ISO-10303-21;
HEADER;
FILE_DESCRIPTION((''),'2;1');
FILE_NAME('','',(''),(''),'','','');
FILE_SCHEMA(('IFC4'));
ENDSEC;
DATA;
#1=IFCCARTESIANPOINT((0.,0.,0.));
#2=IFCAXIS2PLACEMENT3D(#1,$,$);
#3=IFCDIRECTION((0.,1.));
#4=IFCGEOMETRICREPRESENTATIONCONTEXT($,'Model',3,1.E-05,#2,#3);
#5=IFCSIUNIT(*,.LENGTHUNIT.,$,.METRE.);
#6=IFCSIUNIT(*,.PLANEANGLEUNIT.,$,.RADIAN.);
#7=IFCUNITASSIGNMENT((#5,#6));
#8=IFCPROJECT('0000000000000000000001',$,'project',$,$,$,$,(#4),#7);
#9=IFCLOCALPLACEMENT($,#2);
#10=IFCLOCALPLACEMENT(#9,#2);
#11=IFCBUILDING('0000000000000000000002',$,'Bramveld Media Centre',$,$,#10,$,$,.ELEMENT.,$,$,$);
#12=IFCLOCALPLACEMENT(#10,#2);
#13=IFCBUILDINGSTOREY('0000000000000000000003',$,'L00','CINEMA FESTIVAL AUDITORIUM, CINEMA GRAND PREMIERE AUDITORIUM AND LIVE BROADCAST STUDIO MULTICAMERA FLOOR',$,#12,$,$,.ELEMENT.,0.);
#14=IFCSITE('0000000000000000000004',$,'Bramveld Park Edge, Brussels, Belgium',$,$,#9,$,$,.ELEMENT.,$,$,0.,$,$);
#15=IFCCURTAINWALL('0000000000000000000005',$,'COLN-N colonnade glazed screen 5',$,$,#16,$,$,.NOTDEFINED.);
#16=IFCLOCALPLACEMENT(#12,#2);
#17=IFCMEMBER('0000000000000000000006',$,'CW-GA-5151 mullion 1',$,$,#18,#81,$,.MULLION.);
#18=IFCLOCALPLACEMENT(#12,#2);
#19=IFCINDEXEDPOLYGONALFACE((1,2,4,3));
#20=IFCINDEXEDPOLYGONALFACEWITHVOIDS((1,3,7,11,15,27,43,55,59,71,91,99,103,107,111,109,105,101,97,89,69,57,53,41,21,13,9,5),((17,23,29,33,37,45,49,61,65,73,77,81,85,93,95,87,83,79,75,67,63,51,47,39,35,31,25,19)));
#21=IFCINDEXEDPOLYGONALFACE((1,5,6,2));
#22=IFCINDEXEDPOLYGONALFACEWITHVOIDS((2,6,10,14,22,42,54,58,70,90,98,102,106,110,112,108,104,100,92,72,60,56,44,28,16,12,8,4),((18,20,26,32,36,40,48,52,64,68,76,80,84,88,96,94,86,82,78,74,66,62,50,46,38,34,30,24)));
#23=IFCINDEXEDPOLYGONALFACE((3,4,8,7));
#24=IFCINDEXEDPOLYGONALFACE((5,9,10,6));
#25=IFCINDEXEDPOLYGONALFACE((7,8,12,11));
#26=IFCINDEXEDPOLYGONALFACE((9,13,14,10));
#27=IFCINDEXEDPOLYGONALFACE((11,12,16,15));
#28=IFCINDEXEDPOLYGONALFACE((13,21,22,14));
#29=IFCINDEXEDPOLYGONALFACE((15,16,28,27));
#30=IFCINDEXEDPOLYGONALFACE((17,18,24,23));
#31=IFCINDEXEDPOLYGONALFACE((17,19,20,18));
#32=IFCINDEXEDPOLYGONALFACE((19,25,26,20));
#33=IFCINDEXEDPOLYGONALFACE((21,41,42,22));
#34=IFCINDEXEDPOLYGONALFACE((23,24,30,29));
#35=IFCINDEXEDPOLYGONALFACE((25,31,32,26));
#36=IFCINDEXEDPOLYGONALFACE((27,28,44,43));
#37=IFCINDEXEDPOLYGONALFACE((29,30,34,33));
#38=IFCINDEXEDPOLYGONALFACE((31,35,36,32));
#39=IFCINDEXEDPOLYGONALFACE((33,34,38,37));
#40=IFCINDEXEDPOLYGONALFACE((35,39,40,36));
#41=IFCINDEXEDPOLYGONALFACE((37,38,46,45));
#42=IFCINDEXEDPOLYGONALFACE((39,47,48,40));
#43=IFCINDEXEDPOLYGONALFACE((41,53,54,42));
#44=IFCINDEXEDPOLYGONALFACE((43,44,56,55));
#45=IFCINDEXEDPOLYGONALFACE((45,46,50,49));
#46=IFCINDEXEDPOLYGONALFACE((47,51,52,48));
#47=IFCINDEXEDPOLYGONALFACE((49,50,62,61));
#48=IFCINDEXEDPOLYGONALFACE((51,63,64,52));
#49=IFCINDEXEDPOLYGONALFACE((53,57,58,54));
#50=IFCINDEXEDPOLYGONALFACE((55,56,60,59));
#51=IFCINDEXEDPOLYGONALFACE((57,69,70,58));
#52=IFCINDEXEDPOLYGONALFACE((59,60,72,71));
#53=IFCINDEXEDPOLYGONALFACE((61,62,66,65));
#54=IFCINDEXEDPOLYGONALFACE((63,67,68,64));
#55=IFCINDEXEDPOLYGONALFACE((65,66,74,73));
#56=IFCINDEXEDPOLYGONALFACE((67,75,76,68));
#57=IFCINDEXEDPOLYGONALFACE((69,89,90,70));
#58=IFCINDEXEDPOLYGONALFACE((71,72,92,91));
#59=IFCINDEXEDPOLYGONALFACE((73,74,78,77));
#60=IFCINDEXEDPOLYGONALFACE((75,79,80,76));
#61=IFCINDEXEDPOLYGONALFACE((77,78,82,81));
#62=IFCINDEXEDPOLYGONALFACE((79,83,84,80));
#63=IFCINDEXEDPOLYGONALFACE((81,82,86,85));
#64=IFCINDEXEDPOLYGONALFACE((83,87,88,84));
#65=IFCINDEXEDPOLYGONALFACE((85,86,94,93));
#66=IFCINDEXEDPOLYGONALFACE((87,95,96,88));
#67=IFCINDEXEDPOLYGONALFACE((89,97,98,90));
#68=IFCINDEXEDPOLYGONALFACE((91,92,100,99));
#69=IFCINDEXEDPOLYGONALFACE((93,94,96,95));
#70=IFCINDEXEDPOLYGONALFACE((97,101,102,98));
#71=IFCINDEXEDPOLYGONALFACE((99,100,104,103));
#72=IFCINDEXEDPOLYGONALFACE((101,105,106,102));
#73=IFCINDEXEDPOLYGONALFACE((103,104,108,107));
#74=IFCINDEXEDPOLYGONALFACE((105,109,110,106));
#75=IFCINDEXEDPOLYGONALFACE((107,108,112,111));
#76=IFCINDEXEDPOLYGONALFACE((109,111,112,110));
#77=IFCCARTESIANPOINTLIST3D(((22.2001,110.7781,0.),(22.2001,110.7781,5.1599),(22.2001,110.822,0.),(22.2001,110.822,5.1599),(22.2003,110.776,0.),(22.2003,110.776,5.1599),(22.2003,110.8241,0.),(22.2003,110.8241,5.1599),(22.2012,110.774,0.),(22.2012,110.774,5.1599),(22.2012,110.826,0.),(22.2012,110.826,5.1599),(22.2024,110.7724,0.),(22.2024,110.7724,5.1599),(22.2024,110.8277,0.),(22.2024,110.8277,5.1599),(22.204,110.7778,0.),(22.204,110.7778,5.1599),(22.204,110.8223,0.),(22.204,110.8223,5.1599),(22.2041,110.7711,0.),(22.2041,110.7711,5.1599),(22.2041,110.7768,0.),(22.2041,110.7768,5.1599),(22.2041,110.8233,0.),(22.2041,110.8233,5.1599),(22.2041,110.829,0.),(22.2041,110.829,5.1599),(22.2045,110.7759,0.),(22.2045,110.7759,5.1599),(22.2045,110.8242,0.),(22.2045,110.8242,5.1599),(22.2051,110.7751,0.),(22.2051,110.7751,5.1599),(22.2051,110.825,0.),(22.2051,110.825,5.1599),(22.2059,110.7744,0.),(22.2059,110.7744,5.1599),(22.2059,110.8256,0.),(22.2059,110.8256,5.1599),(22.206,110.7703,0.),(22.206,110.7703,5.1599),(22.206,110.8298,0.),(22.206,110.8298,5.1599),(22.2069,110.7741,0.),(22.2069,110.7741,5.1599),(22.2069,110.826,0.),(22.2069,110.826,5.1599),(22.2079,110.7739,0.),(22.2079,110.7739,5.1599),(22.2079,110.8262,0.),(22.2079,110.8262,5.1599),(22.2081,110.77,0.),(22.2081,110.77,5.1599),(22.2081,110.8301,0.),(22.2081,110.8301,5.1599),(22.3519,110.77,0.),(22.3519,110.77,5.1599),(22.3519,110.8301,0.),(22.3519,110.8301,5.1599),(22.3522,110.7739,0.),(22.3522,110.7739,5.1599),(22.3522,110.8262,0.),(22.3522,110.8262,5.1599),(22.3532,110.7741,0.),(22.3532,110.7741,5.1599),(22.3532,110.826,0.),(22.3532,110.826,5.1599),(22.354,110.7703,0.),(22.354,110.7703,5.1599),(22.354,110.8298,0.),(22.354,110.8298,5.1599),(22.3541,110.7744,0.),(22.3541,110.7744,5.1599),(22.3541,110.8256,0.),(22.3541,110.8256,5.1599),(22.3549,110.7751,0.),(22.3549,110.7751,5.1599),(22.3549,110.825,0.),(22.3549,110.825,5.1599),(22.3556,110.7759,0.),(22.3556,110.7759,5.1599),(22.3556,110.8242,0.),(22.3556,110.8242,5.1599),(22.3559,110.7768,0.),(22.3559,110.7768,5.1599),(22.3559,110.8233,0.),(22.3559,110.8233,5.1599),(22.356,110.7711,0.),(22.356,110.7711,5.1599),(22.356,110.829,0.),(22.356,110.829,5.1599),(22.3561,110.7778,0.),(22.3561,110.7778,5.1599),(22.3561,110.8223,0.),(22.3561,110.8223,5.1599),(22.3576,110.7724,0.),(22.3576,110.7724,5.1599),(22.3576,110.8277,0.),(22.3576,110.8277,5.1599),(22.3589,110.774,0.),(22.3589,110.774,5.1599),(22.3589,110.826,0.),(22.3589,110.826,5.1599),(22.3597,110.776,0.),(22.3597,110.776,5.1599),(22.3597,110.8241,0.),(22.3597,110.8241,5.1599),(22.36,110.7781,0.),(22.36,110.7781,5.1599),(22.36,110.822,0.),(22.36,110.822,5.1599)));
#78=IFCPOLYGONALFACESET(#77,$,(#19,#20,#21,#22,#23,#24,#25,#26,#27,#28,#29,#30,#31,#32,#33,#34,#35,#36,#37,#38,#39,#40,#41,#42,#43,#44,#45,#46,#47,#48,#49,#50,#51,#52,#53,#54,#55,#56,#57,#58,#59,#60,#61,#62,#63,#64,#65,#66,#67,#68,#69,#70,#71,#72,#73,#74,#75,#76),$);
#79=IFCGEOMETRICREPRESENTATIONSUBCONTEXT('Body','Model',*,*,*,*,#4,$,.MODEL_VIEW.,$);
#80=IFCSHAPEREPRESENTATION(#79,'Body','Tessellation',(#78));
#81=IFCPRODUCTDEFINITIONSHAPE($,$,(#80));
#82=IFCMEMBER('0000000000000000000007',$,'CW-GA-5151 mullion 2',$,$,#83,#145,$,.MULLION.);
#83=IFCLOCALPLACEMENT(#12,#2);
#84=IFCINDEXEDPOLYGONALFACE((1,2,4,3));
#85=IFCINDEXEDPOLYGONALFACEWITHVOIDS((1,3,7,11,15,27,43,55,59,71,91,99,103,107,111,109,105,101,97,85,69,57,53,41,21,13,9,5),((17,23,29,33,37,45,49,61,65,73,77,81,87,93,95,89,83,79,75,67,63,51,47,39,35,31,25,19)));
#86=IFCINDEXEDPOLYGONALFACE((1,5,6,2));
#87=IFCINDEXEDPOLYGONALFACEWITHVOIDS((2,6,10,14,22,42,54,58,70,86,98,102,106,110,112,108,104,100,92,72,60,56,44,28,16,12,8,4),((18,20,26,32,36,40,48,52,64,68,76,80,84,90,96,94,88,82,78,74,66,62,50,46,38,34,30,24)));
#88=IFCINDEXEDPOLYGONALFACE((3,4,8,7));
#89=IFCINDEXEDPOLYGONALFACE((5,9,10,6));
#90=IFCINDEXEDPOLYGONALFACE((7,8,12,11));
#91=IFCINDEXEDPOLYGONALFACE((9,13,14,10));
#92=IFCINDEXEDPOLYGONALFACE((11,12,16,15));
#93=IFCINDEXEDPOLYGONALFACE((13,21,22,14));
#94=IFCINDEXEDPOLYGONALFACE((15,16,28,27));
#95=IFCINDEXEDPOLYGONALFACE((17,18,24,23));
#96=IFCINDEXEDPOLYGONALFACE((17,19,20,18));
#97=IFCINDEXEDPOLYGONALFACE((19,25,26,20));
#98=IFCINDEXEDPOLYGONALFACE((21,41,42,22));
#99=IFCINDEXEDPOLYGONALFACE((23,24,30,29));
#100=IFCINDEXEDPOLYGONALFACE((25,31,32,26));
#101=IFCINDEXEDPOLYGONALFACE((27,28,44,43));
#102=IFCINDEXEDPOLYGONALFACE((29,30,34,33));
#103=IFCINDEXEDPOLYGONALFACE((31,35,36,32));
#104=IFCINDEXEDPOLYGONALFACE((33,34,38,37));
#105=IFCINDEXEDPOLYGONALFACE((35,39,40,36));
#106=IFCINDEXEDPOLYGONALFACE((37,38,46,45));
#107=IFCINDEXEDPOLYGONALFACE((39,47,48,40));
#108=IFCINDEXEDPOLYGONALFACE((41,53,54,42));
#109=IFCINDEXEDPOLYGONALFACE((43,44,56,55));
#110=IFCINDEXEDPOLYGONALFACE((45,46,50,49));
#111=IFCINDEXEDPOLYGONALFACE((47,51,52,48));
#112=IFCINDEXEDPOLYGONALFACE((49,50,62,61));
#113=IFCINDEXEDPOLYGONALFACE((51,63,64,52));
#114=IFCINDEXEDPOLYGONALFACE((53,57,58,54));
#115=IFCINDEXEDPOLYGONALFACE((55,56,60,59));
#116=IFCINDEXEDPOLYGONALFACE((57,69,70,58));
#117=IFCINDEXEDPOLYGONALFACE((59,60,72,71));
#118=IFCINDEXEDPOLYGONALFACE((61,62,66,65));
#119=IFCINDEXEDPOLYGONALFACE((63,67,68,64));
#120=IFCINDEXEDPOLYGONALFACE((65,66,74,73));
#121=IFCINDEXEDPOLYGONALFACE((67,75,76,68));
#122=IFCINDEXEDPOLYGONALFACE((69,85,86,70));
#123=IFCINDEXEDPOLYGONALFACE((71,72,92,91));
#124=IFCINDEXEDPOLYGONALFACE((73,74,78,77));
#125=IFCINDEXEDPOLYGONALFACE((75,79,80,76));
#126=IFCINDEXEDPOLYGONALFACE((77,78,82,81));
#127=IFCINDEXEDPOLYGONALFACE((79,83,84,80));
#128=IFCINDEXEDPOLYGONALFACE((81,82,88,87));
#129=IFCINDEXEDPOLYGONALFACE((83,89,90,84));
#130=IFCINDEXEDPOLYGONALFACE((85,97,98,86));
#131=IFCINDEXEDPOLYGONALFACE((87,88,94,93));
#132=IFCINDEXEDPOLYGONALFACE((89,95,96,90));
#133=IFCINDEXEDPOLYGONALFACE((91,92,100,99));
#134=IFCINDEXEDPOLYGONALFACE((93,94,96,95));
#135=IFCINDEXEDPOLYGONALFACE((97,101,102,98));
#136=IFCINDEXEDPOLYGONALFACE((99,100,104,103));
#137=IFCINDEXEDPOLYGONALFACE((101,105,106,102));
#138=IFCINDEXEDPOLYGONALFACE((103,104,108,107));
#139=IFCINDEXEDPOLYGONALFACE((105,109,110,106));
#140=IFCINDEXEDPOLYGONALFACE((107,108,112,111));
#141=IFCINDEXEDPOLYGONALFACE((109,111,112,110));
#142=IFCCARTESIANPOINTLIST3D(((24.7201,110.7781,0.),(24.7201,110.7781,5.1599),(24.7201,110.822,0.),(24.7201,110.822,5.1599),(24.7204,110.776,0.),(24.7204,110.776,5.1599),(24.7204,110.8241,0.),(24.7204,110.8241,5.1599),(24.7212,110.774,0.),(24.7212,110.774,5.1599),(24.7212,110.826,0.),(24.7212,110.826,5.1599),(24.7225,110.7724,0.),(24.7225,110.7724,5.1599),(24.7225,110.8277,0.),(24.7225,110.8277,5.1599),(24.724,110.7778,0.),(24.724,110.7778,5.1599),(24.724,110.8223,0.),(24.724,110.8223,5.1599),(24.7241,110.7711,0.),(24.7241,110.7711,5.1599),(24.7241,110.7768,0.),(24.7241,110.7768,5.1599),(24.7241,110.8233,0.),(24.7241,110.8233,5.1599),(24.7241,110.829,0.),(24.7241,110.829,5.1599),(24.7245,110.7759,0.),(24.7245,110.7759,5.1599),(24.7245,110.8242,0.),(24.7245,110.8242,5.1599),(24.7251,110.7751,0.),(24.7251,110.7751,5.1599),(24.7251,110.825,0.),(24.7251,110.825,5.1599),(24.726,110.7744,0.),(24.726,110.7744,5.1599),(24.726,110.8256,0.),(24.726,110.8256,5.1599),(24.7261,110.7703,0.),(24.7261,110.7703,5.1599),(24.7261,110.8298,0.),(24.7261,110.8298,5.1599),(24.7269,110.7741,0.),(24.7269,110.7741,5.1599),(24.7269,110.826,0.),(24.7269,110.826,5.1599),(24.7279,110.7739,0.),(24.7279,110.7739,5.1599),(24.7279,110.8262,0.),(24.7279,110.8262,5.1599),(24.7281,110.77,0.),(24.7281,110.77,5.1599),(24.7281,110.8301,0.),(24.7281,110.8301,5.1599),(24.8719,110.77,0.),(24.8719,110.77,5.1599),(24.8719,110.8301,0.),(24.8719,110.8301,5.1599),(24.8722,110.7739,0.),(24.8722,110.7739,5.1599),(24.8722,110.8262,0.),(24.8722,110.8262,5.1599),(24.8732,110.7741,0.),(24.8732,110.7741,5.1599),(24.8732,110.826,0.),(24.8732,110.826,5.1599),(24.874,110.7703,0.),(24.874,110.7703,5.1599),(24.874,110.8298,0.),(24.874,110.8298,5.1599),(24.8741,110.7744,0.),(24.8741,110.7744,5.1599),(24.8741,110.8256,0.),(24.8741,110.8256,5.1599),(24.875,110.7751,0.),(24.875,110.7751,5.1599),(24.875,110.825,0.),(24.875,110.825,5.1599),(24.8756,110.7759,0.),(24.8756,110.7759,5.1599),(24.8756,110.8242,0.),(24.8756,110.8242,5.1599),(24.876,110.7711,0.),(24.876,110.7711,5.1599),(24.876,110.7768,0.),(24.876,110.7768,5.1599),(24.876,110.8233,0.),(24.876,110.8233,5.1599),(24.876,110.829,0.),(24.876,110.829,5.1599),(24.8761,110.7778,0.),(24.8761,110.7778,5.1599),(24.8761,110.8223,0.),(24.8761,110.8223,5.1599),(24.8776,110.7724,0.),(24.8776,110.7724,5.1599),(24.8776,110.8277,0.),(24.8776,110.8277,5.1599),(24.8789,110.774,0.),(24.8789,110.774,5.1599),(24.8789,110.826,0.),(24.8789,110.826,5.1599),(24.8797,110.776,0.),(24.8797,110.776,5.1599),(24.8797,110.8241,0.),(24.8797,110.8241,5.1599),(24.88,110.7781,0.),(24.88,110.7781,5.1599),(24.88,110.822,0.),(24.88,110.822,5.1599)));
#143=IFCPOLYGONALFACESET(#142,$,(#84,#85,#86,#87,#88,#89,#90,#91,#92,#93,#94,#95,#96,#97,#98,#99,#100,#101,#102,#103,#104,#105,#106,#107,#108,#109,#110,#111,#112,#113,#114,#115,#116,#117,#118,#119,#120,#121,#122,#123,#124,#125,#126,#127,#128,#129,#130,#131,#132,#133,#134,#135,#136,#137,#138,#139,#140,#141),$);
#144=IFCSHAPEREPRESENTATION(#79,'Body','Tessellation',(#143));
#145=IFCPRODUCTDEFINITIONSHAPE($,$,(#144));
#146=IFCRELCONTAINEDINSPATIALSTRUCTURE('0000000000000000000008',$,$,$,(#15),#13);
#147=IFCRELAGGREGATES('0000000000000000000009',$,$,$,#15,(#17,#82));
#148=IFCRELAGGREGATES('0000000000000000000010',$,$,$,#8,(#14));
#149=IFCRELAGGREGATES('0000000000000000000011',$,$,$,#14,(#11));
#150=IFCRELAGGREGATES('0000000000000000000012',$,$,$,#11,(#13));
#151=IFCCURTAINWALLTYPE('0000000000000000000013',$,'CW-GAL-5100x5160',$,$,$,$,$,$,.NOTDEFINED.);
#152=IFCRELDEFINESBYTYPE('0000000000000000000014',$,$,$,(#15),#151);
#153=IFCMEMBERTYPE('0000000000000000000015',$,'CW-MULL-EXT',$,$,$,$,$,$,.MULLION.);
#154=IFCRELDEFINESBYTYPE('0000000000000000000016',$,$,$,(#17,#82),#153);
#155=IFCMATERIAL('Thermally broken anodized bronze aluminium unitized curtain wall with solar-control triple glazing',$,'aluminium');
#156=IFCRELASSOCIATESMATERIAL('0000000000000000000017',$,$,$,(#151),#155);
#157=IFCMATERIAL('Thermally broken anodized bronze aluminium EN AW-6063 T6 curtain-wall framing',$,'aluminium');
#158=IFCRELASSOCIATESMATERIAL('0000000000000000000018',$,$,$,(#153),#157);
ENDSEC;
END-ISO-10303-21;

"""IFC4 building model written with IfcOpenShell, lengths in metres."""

from ifc_helpers import new_model, si_unit, direction, frame, origin, origin_2d, place, context, subcontext, project, spatial, hollow_rectangle, extrude, material, material_profile, profile_set, type_object, element, aggregate, save


model = new_model("IFC4")

# Units and contexts
model_context = context("Model", 3, precision=1e-05, world=origin(), true_north=direction((0.0, 1.0)))
body_context = subcontext(model_context, "Body", "Model", "MODEL_VIEW")
ifc_project = project(units=[si_unit("LENGTHUNIT", "METRE"), si_unit("PLANEANGLEUNIT", "RADIAN")], contexts=[model_context])

# Site, building, storey
site_placement = place(None, origin())
site = spatial("IfcSite", under=ifc_project, at=site_placement, Name="Bramveld Park Edge, Brussels, Belgium", CompositionType="ELEMENT", RefElevation=0.0)
building_placement = place(site_placement, origin())
building = spatial("IfcBuilding", under=site, at=building_placement, Name="Bramveld Media Centre", CompositionType="ELEMENT")
storey_placement = place(building_placement, origin())
storey = spatial("IfcBuildingStorey", under=building, at=storey_placement, Name="L00", Description="CINEMA FESTIVAL AUDITORIUM, CINEMA GRAND PREMIERE AUDITORIUM AND LIVE BROADCAST STUDIO MULTICAMERA FLOOR", CompositionType="ELEMENT", Elevation=0.0)

# Shared definitions
ifc_material_1 = material(Name="Thermally broken anodized bronze aluminium unitized curtain wall with solar-control triple glazing", Category="aluminium")
curtain_wall_type = type_object("IfcCurtainWallType", Name="CW-GAL-5100x5160", PredefinedType="NOTDEFINED", material=ifc_material_1)
ifc_material_2 = material(Name="Thermally broken anodized bronze aluminium EN AW-6063 T6 curtain-wall framing", Category="aluminium")
ifc_material_profile_1 = material_profile(ifc_material_2, hollow_rectangle(XDim=0.0601, YDim=0.1599, WallThickness=0.0039, InnerFilletRadius=0.0039, OuterFilletRadius=0.0081, at=origin_2d()), Name="AL-MULL 60x160")
ifc_profile_set_1 = profile_set([ifc_material_profile_1], Name="Thermally broken anodized bronze aluminium EN AW-6063 T6 curtain-wall framing")
member_type_1 = type_object("IfcMemberType", Name="CW-MULL-EXT", PredefinedType="MULLION", material=ifc_profile_set_1)

# Curtain wall, members
curtain_wall_1_placement = place(storey_placement, origin())
curtain_wall_1 = element("IfcCurtainWall", 1, at=curtain_wall_1_placement, inside=storey, type_object=curtain_wall_type, Name="COLN-N colonnade glazed screen 5", PredefinedType="NOTDEFINED")
member_1_placement = place(storey_placement, frame((22.28, 110.8, 0.0), z_axis=(0.0, 0.0, 1.0), x_axis=(0.0, 1.0, 0.0)))
member_1 = element("IfcMember", 2, at=member_1_placement, type_object=member_type_1, Name="CW-GA-5151 mullion 1", PredefinedType="MULLION", context=body_context, shape_type="SweptSolid", body=[
    extrude(hollow_rectangle(XDim=0.0601, YDim=0.1599, WallThickness=0.0039, InnerFilletRadius=0.0039, OuterFilletRadius=0.0081, at=origin_2d()), origin(), (0.0, 0.0, 1.0), 5.1599),
])
member_2_placement = place(storey_placement, frame((24.8, 110.8, 0.0), z_axis=(0.0, 0.0, 1.0), x_axis=(0.0, 1.0, 0.0)))
member_2 = element("IfcMember", 3, at=member_2_placement, type_object=member_type_1, Name="CW-GA-5151 mullion 2", PredefinedType="MULLION", context=body_context, shape_type="SweptSolid", body=[
    extrude(hollow_rectangle(XDim=0.0601, YDim=0.1599, WallThickness=0.0039, InnerFilletRadius=0.0039, OuterFilletRadius=0.0081, at=origin_2d()), origin(), (0.0, 0.0, 1.0), 5.1599),
])

aggregate(curtain_wall_1, [member_1, member_2])

save(model, "model.ifc")
